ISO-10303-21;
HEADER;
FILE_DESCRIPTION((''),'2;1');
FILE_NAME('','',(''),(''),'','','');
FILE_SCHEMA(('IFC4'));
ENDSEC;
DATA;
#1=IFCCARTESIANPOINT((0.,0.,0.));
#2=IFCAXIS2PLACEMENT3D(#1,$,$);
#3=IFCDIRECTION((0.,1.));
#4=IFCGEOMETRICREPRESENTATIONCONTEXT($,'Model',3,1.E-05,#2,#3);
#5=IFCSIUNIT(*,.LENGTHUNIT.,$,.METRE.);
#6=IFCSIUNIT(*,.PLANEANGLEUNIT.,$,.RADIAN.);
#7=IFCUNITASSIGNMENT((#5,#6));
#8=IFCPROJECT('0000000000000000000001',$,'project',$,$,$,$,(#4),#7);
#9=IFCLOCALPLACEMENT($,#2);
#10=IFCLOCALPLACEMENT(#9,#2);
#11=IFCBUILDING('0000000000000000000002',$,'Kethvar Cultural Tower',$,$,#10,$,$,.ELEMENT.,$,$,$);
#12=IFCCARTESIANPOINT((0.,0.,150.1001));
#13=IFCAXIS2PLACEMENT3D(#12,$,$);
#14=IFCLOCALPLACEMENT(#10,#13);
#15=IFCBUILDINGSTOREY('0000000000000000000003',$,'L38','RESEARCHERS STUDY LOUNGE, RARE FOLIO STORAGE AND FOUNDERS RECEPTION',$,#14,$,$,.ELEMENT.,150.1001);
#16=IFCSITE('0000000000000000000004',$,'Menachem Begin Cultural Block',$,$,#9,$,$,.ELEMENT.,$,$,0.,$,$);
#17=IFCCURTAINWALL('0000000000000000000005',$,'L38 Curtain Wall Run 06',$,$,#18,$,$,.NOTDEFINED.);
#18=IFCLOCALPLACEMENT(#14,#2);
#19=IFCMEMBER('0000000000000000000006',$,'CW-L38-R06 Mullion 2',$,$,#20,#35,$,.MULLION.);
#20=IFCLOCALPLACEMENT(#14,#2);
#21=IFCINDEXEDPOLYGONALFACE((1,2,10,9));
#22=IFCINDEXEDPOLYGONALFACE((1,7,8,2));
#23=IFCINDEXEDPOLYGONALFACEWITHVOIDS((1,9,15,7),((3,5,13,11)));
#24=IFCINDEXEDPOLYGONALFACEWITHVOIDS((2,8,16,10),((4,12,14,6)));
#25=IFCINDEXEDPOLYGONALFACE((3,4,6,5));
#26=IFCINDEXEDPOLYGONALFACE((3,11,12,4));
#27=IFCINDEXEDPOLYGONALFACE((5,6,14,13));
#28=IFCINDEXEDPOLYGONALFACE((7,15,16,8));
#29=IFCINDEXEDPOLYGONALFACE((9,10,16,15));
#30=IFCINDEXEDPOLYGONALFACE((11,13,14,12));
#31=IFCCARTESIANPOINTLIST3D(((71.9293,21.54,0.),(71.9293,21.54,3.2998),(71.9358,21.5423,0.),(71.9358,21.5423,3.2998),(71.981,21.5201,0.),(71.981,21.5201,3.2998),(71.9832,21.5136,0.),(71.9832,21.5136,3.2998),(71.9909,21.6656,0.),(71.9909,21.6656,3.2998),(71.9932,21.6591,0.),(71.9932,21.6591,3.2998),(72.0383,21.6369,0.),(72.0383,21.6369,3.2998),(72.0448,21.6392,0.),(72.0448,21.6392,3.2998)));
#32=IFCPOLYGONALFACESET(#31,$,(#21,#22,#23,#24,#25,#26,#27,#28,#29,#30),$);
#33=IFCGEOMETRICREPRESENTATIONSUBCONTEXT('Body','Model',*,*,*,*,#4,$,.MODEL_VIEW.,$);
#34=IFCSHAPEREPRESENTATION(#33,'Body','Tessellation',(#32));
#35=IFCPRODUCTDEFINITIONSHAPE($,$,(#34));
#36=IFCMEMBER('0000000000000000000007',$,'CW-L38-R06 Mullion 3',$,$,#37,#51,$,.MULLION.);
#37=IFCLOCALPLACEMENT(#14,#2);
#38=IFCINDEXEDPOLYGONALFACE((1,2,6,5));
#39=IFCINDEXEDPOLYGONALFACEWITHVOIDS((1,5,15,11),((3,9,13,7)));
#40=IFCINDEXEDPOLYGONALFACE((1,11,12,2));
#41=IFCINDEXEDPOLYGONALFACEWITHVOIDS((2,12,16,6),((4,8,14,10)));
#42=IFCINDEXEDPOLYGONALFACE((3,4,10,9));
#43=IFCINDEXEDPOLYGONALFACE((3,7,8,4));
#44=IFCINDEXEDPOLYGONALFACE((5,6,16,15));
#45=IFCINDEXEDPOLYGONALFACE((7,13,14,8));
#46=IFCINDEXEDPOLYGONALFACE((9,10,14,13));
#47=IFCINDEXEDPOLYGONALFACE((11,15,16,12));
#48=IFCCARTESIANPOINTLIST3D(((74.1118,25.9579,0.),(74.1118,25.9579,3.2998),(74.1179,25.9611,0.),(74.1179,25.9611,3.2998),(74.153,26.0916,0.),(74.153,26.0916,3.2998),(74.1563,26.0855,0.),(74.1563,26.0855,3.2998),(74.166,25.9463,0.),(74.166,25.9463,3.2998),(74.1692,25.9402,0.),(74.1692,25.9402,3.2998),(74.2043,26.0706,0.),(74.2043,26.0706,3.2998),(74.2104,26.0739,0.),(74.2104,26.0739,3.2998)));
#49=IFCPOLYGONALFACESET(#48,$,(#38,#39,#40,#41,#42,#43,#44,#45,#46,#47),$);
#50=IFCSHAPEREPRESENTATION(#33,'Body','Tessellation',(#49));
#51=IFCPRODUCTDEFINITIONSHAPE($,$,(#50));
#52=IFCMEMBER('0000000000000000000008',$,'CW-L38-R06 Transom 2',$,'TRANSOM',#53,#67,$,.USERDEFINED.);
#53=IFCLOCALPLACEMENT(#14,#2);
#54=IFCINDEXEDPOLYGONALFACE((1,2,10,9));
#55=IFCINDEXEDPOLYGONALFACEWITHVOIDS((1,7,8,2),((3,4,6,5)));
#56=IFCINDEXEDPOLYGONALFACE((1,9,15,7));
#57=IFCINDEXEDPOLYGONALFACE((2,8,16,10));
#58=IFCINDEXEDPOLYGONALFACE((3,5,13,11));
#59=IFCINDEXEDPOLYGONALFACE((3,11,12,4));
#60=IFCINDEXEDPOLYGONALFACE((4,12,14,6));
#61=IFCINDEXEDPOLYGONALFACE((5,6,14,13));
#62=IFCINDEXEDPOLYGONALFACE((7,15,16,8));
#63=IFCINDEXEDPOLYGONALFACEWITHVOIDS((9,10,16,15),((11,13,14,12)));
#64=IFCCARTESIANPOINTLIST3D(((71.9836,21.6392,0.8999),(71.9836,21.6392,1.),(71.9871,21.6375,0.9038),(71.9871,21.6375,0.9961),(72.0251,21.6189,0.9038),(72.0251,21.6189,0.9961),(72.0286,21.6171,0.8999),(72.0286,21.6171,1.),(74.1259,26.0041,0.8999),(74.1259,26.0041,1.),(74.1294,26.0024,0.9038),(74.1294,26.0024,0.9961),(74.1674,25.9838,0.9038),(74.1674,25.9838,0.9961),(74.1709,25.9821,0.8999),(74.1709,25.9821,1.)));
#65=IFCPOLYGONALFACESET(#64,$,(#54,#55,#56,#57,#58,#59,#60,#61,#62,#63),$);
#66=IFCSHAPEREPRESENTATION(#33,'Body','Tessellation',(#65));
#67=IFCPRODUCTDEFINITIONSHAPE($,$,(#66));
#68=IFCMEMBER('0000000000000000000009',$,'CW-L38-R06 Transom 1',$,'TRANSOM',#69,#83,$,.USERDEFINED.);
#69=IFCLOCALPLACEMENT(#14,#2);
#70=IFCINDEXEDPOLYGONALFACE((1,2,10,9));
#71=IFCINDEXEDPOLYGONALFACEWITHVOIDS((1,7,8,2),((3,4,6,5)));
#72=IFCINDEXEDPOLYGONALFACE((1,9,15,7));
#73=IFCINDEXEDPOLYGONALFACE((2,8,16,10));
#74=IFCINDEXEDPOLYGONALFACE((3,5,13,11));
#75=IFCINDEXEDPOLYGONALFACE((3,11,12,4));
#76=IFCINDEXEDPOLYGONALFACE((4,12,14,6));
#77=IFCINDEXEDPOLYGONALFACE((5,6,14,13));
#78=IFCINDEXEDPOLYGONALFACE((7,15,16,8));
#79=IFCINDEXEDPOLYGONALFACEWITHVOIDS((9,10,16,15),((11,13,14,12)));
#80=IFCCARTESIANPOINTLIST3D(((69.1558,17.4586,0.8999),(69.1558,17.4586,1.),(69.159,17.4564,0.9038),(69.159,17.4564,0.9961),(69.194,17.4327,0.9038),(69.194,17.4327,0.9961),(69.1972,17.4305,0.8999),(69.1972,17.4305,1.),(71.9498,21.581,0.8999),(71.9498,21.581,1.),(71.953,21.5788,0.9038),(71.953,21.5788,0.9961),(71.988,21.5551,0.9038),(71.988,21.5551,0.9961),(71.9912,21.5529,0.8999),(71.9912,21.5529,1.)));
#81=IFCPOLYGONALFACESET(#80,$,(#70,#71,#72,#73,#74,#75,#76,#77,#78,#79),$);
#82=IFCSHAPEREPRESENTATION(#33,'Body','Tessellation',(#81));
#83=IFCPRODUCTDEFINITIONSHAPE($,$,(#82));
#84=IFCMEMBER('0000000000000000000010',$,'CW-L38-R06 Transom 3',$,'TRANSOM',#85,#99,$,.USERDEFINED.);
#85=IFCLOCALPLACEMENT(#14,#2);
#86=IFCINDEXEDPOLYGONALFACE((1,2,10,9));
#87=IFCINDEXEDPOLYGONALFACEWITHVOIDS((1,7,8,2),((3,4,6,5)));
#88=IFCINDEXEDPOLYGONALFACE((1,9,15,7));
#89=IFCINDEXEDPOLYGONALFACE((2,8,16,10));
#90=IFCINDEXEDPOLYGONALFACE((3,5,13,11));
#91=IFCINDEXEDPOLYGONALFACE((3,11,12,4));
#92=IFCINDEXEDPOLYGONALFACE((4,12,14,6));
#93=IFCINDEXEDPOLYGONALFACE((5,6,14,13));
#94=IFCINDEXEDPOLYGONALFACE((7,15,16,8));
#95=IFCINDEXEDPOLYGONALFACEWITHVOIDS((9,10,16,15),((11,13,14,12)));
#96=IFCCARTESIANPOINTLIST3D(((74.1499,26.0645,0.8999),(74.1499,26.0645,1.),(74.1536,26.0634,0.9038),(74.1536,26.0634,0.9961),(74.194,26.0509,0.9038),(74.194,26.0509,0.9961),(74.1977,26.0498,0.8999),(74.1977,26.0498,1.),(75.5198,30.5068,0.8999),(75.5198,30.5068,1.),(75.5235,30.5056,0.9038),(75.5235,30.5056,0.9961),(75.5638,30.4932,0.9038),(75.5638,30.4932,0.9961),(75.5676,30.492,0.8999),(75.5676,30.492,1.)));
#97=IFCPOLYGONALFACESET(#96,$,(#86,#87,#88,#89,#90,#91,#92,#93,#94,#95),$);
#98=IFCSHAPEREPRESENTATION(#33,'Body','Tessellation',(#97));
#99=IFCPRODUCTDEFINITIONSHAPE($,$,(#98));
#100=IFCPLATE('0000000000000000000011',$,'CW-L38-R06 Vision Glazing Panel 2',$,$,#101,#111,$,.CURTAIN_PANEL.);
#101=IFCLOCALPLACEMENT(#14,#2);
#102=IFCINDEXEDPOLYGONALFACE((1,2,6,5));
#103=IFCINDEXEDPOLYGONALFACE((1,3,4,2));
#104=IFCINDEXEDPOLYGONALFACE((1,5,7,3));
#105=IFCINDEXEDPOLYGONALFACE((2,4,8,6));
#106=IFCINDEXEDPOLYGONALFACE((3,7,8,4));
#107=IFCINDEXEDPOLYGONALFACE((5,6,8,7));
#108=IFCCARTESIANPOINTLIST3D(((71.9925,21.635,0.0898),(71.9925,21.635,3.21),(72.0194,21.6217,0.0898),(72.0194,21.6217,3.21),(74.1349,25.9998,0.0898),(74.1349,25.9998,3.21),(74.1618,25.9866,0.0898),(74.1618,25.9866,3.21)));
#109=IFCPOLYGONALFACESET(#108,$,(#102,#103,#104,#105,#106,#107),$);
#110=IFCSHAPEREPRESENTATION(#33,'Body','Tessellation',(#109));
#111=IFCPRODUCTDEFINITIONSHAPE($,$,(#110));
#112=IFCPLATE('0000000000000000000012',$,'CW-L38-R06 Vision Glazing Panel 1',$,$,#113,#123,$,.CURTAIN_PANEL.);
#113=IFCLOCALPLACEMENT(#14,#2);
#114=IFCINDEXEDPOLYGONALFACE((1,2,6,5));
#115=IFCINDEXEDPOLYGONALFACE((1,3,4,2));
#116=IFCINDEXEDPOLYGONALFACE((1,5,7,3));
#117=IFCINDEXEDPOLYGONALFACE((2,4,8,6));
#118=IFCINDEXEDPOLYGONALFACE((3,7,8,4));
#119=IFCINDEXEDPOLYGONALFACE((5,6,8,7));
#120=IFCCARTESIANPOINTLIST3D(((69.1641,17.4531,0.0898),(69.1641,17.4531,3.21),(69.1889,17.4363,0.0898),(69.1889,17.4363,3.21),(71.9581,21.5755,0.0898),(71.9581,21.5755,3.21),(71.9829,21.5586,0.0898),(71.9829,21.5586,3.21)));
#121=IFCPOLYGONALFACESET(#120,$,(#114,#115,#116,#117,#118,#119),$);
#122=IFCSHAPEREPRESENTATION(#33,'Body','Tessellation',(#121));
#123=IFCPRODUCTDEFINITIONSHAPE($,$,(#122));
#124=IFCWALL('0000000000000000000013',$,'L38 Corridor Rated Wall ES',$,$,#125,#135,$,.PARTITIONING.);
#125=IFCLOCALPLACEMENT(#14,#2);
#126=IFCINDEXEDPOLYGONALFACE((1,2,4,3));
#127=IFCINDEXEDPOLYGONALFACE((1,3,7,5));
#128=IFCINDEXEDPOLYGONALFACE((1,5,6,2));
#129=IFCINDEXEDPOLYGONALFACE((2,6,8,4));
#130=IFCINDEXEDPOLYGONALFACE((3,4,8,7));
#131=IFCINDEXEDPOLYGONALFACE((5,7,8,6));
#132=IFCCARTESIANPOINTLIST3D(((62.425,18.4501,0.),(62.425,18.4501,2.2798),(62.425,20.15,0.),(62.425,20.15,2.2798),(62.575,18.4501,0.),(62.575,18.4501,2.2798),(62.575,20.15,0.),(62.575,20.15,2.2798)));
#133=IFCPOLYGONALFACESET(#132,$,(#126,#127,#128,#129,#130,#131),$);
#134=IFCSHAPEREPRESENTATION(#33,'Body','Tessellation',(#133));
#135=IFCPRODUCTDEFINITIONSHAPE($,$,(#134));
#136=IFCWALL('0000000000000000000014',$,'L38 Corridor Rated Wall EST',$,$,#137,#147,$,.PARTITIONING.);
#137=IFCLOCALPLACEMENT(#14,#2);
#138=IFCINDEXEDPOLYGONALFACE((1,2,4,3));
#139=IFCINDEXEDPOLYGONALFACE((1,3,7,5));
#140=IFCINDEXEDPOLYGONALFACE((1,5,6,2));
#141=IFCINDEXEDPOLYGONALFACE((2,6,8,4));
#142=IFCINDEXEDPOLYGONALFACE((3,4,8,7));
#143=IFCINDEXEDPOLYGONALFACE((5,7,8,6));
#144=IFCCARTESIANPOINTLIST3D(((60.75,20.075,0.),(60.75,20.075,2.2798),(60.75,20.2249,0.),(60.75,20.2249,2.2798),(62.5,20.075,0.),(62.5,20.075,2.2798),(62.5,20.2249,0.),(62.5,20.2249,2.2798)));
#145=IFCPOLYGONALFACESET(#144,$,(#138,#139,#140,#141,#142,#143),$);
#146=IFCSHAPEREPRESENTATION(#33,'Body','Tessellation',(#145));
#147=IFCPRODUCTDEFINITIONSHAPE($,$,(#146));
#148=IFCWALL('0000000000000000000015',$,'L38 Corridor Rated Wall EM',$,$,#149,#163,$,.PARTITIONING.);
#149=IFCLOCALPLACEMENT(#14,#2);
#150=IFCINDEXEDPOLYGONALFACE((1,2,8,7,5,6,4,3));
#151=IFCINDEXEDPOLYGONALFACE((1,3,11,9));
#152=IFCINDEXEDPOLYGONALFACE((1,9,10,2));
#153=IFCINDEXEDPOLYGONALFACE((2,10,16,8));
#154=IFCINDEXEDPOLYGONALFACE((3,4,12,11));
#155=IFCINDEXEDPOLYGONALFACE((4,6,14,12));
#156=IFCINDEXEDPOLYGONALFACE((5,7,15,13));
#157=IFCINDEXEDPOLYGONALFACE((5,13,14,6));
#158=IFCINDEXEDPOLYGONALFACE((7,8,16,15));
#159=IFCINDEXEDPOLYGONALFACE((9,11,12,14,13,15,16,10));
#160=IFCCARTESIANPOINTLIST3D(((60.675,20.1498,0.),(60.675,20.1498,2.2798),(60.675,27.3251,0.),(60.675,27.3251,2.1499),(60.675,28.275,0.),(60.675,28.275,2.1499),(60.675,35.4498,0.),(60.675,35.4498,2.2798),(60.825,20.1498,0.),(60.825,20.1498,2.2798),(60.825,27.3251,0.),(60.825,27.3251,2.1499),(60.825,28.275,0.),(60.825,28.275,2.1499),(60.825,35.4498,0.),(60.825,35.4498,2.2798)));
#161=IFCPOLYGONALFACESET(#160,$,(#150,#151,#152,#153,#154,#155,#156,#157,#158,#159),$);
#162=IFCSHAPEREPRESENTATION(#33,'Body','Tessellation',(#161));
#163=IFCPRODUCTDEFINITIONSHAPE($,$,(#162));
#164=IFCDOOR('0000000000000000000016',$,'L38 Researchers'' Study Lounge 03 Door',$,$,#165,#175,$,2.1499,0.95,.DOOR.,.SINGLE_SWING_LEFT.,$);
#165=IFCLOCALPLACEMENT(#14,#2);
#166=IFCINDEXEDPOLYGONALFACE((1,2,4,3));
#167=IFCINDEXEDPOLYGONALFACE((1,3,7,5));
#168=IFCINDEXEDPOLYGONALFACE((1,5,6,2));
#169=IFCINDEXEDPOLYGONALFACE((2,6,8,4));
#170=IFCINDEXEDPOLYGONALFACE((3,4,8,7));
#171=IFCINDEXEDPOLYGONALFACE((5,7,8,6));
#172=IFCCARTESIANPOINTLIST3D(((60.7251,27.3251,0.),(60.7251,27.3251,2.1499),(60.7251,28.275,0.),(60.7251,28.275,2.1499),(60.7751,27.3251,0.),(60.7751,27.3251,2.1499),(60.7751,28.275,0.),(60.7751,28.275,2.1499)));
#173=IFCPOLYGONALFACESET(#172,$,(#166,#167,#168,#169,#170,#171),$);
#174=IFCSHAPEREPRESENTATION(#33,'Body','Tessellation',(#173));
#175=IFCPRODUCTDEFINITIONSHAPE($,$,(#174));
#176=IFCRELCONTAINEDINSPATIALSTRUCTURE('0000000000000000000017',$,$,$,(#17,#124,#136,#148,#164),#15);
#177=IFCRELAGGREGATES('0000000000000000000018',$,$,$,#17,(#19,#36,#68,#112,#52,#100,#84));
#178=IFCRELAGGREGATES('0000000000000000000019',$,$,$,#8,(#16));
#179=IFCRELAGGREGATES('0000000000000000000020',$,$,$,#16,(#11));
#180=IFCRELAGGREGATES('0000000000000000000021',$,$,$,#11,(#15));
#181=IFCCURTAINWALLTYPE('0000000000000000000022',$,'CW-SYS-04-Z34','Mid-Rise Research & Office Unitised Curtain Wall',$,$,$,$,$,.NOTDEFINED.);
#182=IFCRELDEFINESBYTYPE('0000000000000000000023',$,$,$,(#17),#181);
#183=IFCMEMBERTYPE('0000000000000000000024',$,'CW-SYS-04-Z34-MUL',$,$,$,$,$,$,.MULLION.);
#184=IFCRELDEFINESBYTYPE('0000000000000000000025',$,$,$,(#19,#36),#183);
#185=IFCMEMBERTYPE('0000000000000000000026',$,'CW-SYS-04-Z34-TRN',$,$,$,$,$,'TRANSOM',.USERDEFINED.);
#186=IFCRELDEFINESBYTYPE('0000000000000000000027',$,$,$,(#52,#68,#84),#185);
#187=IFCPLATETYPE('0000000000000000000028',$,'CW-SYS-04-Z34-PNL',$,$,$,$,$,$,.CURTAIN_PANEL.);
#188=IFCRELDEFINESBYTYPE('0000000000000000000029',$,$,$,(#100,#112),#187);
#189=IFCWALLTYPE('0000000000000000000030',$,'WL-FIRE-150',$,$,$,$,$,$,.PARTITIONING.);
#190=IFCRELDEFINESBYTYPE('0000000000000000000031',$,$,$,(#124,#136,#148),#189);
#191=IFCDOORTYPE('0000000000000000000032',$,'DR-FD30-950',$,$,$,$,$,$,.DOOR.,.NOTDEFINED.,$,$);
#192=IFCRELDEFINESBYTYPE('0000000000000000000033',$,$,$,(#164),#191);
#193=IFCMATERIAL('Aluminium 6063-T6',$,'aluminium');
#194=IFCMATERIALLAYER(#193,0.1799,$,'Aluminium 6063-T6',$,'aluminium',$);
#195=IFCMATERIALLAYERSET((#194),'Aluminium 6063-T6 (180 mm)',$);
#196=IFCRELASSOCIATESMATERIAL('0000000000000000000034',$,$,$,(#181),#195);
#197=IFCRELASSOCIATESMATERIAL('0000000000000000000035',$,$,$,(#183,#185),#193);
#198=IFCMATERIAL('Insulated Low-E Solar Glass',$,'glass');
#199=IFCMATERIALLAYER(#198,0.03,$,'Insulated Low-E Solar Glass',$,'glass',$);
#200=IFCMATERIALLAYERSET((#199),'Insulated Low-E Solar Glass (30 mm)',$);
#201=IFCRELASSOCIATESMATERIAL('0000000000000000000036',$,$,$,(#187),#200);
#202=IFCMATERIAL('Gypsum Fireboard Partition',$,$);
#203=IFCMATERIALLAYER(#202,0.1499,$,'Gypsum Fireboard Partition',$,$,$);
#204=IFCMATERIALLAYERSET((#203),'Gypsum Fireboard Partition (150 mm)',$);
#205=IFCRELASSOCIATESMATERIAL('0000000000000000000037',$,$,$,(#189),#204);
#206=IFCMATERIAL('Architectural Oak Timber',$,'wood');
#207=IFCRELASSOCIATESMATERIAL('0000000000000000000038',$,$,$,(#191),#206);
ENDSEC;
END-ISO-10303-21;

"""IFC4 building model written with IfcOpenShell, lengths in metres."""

from ifc_helpers import new_model, si_unit, direction, frame, frame_2d, origin, origin_2d, place, context, subcontext, project, spatial, rectangle, hollow_rectangle, extrude, source, transform, mapped, material, layer, layer_set, material_profile, profile_set, type_object, element, fill, aggregate, save


model = new_model("IFC4")

# Units and contexts
model_context = context("Model", 3, precision=1e-05, world=origin(), true_north=direction((0.0, 1.0)))
body_context = subcontext(model_context, "Body", "Model", "MODEL_VIEW")
ifc_project = project(units=[si_unit("LENGTHUNIT", "METRE"), si_unit("PLANEANGLEUNIT", "RADIAN")], contexts=[model_context])

# Site, building, storey
site_placement = place(None, origin())
site = spatial("IfcSite", under=ifc_project, at=site_placement, Name="Menachem Begin Cultural Block", CompositionType="ELEMENT", RefElevation=0.0)
building_placement = place(site_placement, origin())
building = spatial("IfcBuilding", under=site, at=building_placement, Name="Kethvar Cultural Tower", CompositionType="ELEMENT")
storey_placement = place(building_placement, frame((0.0, 0.0, 150.1001)))
storey = spatial("IfcBuildingStorey", under=building, at=storey_placement, Name="L38", Description="RESEARCHERS STUDY LOUNGE, RARE FOLIO STORAGE AND FOUNDERS RECEPTION", CompositionType="ELEMENT", Elevation=150.1001)

# Shared definitions
ifc_material_1 = material(Name="Aluminium 6063-T6", Category="aluminium")
ifc_layer_1 = layer(ifc_material_1, 0.1799, Name="Aluminium 6063-T6", Category="aluminium")
ifc_layer_set_1 = layer_set([ifc_layer_1], Name="Aluminium 6063-T6 (180 mm)")
curtain_wall_type = type_object("IfcCurtainWallType", Name="CW-SYS-04-Z34", Description="Mid-Rise Research & Office Unitised Curtain Wall", PredefinedType="NOTDEFINED", material=ifc_layer_set_1)
ifc_material_profile_1 = material_profile(ifc_material_1, hollow_rectangle(XDim=0.0601, YDim=0.1399, WallThickness=0.0049, at=origin_2d()), Name="Aluminium 6063-T6 — RHS140x60x5")
ifc_profile_set_1 = profile_set([ifc_material_profile_1], Name="Aluminium 6063-T6 — RHS140x60x5")
member_type_1 = type_object("IfcMemberType", Name="CW-SYS-04-Z34-MUL", PredefinedType="MULLION", material=ifc_profile_set_1)
shared_shape_1 = source(origin(), body_context, "Body", "SweptSolid", [
    extrude(hollow_rectangle(XDim=0.0601, YDim=0.1399, WallThickness=0.0049, at=origin_2d()), origin(), (0.0, 0.0, 1.0), 3.2998),
])

# Curtain wall, members, plates
curtain_wall_1_placement = place(storey_placement, origin())
curtain_wall_1 = element("IfcCurtainWall", 1, at=curtain_wall_1_placement, inside=storey, type_object=curtain_wall_type, Name="L38 Curtain Wall Run 06", PredefinedType="NOTDEFINED")
member_1_placement = place(storey_placement, frame((71.9871, 21.5896, 0.0), z_axis=(0.0, 0.0, 1.0), x_axis=(-0.897697, 0.440613, 0.0)))
member_1 = element("IfcMember", 2, at=member_1_placement, type_object=member_type_1, Name="CW-L38-R06 Mullion 2", PredefinedType="MULLION", context=body_context, shape_type="MappedRepresentation", body=[
    mapped(shared_shape_1, transform((0.0, 0.0, 0.0), scale=1.0)),
])
member_2_placement = place(storey_placement, frame((74.1611, 26.0159, 0.0), z_axis=(0.0, 0.0, 1.0), x_axis=(-0.955598, 0.294674, 0.0)))
member_2 = element("IfcMember", 3, at=member_2_placement, type_object=member_type_1, Name="CW-L38-R06 Mullion 3", PredefinedType="MULLION", context=body_context, shape_type="MappedRepresentation", body=[
    mapped(shared_shape_1, transform((0.0, 0.0, 0.0), scale=1.0)),
])
ifc_material_profile_2 = material_profile(ifc_material_1, hollow_rectangle(XDim=0.05, YDim=0.1001, WallThickness=0.0039, at=origin_2d()), Name="Aluminium 6063-T6 — RHS100x50x4")
ifc_profile_set_2 = profile_set([ifc_material_profile_2], Name="Aluminium 6063-T6 — RHS100x50x4")
member_type_2 = type_object("IfcMemberType", Name="CW-SYS-04-Z34-TRN", ElementType="TRANSOM", PredefinedType="USERDEFINED", material=ifc_profile_set_2)
shared_shape_2 = source(origin(), body_context, "Body", "SweptSolid", [
    extrude(hollow_rectangle(XDim=0.05, YDim=0.1001, WallThickness=0.0039, at=origin_2d()), origin(), (0.0, 0.0, 1.0), 4.8623),
])
member_3_placement = place(storey_placement, frame((72.0061, 21.6282, 0.95), z_axis=(0.440594, 0.897707, 0.0), x_axis=(-0.897707, 0.440594, 0.0)))
member_3 = element("IfcMember", 4, at=member_3_placement, type_object=member_type_2, Name="CW-L38-R06 Transom 2", ObjectType="TRANSOM", PredefinedType="USERDEFINED", context=body_context, shape_type="MappedRepresentation", body=[
    mapped(shared_shape_2, transform((0.0, 0.0, 0.0), scale=1.0)),
])
shared_shape_3 = source(origin(), body_context, "Body", "SweptSolid", [
    extrude(hollow_rectangle(XDim=0.05, YDim=0.1001, WallThickness=0.0039, at=origin_2d()), origin(), (0.0, 0.0, 1.0), 4.98),
])
member_4_placement = place(storey_placement, frame((69.1765, 17.4446, 0.95), z_axis=(0.561042, 0.827787, 0.0), x_axis=(-0.827787, 0.561042, 0.0)))
member_4 = element("IfcMember", 5, at=member_4_placement, type_object=member_type_2, Name="CW-L38-R06 Transom 1", ObjectType="TRANSOM", PredefinedType="USERDEFINED", context=body_context, shape_type="MappedRepresentation", body=[
    mapped(shared_shape_3, transform((0.0, 0.0, 0.0), scale=1.0)),
])
shared_shape_4 = source(origin(), body_context, "Body", "SweptSolid", [
    extrude(hollow_rectangle(XDim=0.05, YDim=0.1001, WallThickness=0.0039, at=origin_2d()), origin(), (0.0, 0.0, 1.0), 4.6487),
])
member_5_placement = place(storey_placement, frame((74.1738, 26.0571, 0.95), z_axis=(0.294673, 0.955598, 0.0), x_axis=(-0.955598, 0.294673, 0.0)))
member_5 = element("IfcMember", 6, at=member_5_placement, type_object=member_type_2, Name="CW-L38-R06 Transom 3", ObjectType="TRANSOM", PredefinedType="USERDEFINED", context=body_context, shape_type="MappedRepresentation", body=[
    mapped(shared_shape_4, transform((0.0, 0.0, 0.0), scale=1.0)),
])
ifc_material_2 = material(Name="Insulated Low-E Solar Glass", Category="glass")
ifc_layer_2 = layer(ifc_material_2, 0.03, Name="Insulated Low-E Solar Glass", Category="glass")
ifc_layer_set_2 = layer_set([ifc_layer_2], Name="Insulated Low-E Solar Glass (30 mm)")
plate_type = type_object("IfcPlateType", Name="CW-SYS-04-Z34-PNL", PredefinedType="CURTAIN_PANEL", material=ifc_layer_set_2)
shared_shape_5 = source(origin(), body_context, "Body", "SweptSolid", [
    extrude(rectangle(XDim=4.8623, YDim=0.03, at=origin_2d()), origin(), (0.0, 0.0, 1.0), 3.1201),
])
plate_1_placement = place(storey_placement, frame((73.0771, 23.8108, 0.0898), z_axis=(0.0, 0.0, 1.0), x_axis=(0.440613, 0.897697, 0.0)))
plate_1 = element("IfcPlate", 7, at=plate_1_placement, type_object=plate_type, Name="CW-L38-R06 Vision Glazing Panel 2", PredefinedType="CURTAIN_PANEL", context=body_context, shape_type="MappedRepresentation", body=[
    mapped(shared_shape_5, transform((0.0, 0.0, 0.0), scale=1.0)),
])
shared_shape_6 = source(origin(), body_context, "Body", "SweptSolid", [
    extrude(rectangle(XDim=4.98, YDim=0.03, at=origin_2d()), origin(), (0.0, 0.0, 1.0), 3.1201),
])
plate_2_placement = place(storey_placement, frame((70.5735, 19.5059, 0.0898), z_axis=(0.0, 0.0, 1.0), x_axis=(0.561044, 0.827786, 0.0)))
plate_2 = element("IfcPlate", 8, at=plate_2_placement, type_object=plate_type, Name="CW-L38-R06 Vision Glazing Panel 1", PredefinedType="CURTAIN_PANEL", context=body_context, shape_type="MappedRepresentation", body=[
    mapped(shared_shape_6, transform((0.0, 0.0, 0.0), scale=1.0)),
])
aggregate(curtain_wall_1, [member_1, member_2, member_4, plate_2, member_3, plate_1, member_5])

# Walls
ifc_material_3 = material(Name="Gypsum Fireboard Partition")
ifc_layer_3 = layer(ifc_material_3, 0.1499, Name="Gypsum Fireboard Partition")
ifc_layer_set_3 = layer_set([ifc_layer_3], Name="Gypsum Fireboard Partition (150 mm)")
wall_type_1 = type_object("IfcWallType", Name="WL-FIRE-150", PredefinedType="PARTITIONING", material=ifc_layer_set_3)
wall_1_placement = place(storey_placement, frame((62.5, 18.45, 0.0), z_axis=(0.0, 0.0, 1.0), x_axis=(0.0, 1.0, 0.0)))
element("IfcWall", 9, at=wall_1_placement, inside=storey, type_object=wall_type_1, Name="L38 Corridor Rated Wall ES", PredefinedType="PARTITIONING", context=body_context, shape_type="SweptSolid", body=[
    extrude(rectangle(XDim=1.7, YDim=0.1499, at=frame_2d((0.8501, 0.0))), origin(), (0.0, 0.0, 1.0), 2.2798),
])
wall_2_placement = place(storey_placement, frame((62.5, 20.1499, 0.0), z_axis=(0.0, 0.0, 1.0), x_axis=(-1.0, 0.0, 0.0)))
element("IfcWall", 10, at=wall_2_placement, inside=storey, type_object=wall_type_1, Name="L38 Corridor Rated Wall EST", PredefinedType="PARTITIONING", context=body_context, shape_type="SweptSolid", body=[
    extrude(rectangle(XDim=1.75, YDim=0.1499, at=frame_2d((0.875, 0.0))), origin(), (0.0, 0.0, 1.0), 2.2798),
])

# Wall, opening, door
wall_3_placement = place(storey_placement, frame((60.75, 20.1499, 0.0), z_axis=(0.0, 0.0, 1.0), x_axis=(0.0, 1.0, 0.0)))
wall_3 = element("IfcWall", 11, at=wall_3_placement, inside=storey, type_object=wall_type_1, Name="L38 Corridor Rated Wall EM", PredefinedType="PARTITIONING", context=body_context, shape_type="SweptSolid", body=[
    extrude(rectangle(XDim=15.3, YDim=0.1499, at=frame_2d((7.6499, 0.0))), origin(), (0.0, 0.0, 1.0), 2.2798),
])
opening_1_placement = place(wall_3_placement, frame((7.175, 0.0, 0.0)))
opening_1 = element("IfcOpeningElement", 12, at=opening_1_placement, cuts=wall_3, PredefinedType="OPENING", context=body_context, shape_type="SweptSolid", body=[
    extrude(rectangle(XDim=0.95, YDim=2.1499, at=frame_2d((0.4751, 1.075))), frame((0.0, 0.085, 0.0), z_axis=(0.0, -1.0, 0.0), x_axis=(1.0, 0.0, 0.0)), (0.0, 0.0, 1.0), 0.1699),
])
ifc_material_4 = material(Name="Architectural Oak Timber", Category="wood")
door_type_1 = type_object("IfcDoorType", Name="DR-FD30-950", OperationType="NOTDEFINED", PredefinedType="DOOR", material=ifc_material_4)
shared_shape_7 = source(origin(), body_context, "Body", "SweptSolid", [
    extrude(rectangle(XDim=0.95, YDim=2.1499, at=frame_2d((0.4751, 1.075))), frame((0.0, 0.0249, 0.0), z_axis=(0.0, -1.0, 0.0), x_axis=(1.0, 0.0, 0.0)), (0.0, 0.0, 1.0), 0.05),
])
door_1_placement = place(opening_1_placement, origin())
door_1 = element("IfcDoor", 13, at=door_1_placement, inside=storey, type_object=door_type_1, Name="L38 Researchers' Study Lounge 03 Door", OperationType="SINGLE_SWING_LEFT", OverallHeight=2.1499, OverallWidth=0.95, PredefinedType="DOOR", context=body_context, shape_type="MappedRepresentation", body=[
    mapped(shared_shape_7, transform((0.0, 0.0, 0.0), scale=1.0)),
])
fill(opening_1, door_1)

save(model, "model.ifc")
